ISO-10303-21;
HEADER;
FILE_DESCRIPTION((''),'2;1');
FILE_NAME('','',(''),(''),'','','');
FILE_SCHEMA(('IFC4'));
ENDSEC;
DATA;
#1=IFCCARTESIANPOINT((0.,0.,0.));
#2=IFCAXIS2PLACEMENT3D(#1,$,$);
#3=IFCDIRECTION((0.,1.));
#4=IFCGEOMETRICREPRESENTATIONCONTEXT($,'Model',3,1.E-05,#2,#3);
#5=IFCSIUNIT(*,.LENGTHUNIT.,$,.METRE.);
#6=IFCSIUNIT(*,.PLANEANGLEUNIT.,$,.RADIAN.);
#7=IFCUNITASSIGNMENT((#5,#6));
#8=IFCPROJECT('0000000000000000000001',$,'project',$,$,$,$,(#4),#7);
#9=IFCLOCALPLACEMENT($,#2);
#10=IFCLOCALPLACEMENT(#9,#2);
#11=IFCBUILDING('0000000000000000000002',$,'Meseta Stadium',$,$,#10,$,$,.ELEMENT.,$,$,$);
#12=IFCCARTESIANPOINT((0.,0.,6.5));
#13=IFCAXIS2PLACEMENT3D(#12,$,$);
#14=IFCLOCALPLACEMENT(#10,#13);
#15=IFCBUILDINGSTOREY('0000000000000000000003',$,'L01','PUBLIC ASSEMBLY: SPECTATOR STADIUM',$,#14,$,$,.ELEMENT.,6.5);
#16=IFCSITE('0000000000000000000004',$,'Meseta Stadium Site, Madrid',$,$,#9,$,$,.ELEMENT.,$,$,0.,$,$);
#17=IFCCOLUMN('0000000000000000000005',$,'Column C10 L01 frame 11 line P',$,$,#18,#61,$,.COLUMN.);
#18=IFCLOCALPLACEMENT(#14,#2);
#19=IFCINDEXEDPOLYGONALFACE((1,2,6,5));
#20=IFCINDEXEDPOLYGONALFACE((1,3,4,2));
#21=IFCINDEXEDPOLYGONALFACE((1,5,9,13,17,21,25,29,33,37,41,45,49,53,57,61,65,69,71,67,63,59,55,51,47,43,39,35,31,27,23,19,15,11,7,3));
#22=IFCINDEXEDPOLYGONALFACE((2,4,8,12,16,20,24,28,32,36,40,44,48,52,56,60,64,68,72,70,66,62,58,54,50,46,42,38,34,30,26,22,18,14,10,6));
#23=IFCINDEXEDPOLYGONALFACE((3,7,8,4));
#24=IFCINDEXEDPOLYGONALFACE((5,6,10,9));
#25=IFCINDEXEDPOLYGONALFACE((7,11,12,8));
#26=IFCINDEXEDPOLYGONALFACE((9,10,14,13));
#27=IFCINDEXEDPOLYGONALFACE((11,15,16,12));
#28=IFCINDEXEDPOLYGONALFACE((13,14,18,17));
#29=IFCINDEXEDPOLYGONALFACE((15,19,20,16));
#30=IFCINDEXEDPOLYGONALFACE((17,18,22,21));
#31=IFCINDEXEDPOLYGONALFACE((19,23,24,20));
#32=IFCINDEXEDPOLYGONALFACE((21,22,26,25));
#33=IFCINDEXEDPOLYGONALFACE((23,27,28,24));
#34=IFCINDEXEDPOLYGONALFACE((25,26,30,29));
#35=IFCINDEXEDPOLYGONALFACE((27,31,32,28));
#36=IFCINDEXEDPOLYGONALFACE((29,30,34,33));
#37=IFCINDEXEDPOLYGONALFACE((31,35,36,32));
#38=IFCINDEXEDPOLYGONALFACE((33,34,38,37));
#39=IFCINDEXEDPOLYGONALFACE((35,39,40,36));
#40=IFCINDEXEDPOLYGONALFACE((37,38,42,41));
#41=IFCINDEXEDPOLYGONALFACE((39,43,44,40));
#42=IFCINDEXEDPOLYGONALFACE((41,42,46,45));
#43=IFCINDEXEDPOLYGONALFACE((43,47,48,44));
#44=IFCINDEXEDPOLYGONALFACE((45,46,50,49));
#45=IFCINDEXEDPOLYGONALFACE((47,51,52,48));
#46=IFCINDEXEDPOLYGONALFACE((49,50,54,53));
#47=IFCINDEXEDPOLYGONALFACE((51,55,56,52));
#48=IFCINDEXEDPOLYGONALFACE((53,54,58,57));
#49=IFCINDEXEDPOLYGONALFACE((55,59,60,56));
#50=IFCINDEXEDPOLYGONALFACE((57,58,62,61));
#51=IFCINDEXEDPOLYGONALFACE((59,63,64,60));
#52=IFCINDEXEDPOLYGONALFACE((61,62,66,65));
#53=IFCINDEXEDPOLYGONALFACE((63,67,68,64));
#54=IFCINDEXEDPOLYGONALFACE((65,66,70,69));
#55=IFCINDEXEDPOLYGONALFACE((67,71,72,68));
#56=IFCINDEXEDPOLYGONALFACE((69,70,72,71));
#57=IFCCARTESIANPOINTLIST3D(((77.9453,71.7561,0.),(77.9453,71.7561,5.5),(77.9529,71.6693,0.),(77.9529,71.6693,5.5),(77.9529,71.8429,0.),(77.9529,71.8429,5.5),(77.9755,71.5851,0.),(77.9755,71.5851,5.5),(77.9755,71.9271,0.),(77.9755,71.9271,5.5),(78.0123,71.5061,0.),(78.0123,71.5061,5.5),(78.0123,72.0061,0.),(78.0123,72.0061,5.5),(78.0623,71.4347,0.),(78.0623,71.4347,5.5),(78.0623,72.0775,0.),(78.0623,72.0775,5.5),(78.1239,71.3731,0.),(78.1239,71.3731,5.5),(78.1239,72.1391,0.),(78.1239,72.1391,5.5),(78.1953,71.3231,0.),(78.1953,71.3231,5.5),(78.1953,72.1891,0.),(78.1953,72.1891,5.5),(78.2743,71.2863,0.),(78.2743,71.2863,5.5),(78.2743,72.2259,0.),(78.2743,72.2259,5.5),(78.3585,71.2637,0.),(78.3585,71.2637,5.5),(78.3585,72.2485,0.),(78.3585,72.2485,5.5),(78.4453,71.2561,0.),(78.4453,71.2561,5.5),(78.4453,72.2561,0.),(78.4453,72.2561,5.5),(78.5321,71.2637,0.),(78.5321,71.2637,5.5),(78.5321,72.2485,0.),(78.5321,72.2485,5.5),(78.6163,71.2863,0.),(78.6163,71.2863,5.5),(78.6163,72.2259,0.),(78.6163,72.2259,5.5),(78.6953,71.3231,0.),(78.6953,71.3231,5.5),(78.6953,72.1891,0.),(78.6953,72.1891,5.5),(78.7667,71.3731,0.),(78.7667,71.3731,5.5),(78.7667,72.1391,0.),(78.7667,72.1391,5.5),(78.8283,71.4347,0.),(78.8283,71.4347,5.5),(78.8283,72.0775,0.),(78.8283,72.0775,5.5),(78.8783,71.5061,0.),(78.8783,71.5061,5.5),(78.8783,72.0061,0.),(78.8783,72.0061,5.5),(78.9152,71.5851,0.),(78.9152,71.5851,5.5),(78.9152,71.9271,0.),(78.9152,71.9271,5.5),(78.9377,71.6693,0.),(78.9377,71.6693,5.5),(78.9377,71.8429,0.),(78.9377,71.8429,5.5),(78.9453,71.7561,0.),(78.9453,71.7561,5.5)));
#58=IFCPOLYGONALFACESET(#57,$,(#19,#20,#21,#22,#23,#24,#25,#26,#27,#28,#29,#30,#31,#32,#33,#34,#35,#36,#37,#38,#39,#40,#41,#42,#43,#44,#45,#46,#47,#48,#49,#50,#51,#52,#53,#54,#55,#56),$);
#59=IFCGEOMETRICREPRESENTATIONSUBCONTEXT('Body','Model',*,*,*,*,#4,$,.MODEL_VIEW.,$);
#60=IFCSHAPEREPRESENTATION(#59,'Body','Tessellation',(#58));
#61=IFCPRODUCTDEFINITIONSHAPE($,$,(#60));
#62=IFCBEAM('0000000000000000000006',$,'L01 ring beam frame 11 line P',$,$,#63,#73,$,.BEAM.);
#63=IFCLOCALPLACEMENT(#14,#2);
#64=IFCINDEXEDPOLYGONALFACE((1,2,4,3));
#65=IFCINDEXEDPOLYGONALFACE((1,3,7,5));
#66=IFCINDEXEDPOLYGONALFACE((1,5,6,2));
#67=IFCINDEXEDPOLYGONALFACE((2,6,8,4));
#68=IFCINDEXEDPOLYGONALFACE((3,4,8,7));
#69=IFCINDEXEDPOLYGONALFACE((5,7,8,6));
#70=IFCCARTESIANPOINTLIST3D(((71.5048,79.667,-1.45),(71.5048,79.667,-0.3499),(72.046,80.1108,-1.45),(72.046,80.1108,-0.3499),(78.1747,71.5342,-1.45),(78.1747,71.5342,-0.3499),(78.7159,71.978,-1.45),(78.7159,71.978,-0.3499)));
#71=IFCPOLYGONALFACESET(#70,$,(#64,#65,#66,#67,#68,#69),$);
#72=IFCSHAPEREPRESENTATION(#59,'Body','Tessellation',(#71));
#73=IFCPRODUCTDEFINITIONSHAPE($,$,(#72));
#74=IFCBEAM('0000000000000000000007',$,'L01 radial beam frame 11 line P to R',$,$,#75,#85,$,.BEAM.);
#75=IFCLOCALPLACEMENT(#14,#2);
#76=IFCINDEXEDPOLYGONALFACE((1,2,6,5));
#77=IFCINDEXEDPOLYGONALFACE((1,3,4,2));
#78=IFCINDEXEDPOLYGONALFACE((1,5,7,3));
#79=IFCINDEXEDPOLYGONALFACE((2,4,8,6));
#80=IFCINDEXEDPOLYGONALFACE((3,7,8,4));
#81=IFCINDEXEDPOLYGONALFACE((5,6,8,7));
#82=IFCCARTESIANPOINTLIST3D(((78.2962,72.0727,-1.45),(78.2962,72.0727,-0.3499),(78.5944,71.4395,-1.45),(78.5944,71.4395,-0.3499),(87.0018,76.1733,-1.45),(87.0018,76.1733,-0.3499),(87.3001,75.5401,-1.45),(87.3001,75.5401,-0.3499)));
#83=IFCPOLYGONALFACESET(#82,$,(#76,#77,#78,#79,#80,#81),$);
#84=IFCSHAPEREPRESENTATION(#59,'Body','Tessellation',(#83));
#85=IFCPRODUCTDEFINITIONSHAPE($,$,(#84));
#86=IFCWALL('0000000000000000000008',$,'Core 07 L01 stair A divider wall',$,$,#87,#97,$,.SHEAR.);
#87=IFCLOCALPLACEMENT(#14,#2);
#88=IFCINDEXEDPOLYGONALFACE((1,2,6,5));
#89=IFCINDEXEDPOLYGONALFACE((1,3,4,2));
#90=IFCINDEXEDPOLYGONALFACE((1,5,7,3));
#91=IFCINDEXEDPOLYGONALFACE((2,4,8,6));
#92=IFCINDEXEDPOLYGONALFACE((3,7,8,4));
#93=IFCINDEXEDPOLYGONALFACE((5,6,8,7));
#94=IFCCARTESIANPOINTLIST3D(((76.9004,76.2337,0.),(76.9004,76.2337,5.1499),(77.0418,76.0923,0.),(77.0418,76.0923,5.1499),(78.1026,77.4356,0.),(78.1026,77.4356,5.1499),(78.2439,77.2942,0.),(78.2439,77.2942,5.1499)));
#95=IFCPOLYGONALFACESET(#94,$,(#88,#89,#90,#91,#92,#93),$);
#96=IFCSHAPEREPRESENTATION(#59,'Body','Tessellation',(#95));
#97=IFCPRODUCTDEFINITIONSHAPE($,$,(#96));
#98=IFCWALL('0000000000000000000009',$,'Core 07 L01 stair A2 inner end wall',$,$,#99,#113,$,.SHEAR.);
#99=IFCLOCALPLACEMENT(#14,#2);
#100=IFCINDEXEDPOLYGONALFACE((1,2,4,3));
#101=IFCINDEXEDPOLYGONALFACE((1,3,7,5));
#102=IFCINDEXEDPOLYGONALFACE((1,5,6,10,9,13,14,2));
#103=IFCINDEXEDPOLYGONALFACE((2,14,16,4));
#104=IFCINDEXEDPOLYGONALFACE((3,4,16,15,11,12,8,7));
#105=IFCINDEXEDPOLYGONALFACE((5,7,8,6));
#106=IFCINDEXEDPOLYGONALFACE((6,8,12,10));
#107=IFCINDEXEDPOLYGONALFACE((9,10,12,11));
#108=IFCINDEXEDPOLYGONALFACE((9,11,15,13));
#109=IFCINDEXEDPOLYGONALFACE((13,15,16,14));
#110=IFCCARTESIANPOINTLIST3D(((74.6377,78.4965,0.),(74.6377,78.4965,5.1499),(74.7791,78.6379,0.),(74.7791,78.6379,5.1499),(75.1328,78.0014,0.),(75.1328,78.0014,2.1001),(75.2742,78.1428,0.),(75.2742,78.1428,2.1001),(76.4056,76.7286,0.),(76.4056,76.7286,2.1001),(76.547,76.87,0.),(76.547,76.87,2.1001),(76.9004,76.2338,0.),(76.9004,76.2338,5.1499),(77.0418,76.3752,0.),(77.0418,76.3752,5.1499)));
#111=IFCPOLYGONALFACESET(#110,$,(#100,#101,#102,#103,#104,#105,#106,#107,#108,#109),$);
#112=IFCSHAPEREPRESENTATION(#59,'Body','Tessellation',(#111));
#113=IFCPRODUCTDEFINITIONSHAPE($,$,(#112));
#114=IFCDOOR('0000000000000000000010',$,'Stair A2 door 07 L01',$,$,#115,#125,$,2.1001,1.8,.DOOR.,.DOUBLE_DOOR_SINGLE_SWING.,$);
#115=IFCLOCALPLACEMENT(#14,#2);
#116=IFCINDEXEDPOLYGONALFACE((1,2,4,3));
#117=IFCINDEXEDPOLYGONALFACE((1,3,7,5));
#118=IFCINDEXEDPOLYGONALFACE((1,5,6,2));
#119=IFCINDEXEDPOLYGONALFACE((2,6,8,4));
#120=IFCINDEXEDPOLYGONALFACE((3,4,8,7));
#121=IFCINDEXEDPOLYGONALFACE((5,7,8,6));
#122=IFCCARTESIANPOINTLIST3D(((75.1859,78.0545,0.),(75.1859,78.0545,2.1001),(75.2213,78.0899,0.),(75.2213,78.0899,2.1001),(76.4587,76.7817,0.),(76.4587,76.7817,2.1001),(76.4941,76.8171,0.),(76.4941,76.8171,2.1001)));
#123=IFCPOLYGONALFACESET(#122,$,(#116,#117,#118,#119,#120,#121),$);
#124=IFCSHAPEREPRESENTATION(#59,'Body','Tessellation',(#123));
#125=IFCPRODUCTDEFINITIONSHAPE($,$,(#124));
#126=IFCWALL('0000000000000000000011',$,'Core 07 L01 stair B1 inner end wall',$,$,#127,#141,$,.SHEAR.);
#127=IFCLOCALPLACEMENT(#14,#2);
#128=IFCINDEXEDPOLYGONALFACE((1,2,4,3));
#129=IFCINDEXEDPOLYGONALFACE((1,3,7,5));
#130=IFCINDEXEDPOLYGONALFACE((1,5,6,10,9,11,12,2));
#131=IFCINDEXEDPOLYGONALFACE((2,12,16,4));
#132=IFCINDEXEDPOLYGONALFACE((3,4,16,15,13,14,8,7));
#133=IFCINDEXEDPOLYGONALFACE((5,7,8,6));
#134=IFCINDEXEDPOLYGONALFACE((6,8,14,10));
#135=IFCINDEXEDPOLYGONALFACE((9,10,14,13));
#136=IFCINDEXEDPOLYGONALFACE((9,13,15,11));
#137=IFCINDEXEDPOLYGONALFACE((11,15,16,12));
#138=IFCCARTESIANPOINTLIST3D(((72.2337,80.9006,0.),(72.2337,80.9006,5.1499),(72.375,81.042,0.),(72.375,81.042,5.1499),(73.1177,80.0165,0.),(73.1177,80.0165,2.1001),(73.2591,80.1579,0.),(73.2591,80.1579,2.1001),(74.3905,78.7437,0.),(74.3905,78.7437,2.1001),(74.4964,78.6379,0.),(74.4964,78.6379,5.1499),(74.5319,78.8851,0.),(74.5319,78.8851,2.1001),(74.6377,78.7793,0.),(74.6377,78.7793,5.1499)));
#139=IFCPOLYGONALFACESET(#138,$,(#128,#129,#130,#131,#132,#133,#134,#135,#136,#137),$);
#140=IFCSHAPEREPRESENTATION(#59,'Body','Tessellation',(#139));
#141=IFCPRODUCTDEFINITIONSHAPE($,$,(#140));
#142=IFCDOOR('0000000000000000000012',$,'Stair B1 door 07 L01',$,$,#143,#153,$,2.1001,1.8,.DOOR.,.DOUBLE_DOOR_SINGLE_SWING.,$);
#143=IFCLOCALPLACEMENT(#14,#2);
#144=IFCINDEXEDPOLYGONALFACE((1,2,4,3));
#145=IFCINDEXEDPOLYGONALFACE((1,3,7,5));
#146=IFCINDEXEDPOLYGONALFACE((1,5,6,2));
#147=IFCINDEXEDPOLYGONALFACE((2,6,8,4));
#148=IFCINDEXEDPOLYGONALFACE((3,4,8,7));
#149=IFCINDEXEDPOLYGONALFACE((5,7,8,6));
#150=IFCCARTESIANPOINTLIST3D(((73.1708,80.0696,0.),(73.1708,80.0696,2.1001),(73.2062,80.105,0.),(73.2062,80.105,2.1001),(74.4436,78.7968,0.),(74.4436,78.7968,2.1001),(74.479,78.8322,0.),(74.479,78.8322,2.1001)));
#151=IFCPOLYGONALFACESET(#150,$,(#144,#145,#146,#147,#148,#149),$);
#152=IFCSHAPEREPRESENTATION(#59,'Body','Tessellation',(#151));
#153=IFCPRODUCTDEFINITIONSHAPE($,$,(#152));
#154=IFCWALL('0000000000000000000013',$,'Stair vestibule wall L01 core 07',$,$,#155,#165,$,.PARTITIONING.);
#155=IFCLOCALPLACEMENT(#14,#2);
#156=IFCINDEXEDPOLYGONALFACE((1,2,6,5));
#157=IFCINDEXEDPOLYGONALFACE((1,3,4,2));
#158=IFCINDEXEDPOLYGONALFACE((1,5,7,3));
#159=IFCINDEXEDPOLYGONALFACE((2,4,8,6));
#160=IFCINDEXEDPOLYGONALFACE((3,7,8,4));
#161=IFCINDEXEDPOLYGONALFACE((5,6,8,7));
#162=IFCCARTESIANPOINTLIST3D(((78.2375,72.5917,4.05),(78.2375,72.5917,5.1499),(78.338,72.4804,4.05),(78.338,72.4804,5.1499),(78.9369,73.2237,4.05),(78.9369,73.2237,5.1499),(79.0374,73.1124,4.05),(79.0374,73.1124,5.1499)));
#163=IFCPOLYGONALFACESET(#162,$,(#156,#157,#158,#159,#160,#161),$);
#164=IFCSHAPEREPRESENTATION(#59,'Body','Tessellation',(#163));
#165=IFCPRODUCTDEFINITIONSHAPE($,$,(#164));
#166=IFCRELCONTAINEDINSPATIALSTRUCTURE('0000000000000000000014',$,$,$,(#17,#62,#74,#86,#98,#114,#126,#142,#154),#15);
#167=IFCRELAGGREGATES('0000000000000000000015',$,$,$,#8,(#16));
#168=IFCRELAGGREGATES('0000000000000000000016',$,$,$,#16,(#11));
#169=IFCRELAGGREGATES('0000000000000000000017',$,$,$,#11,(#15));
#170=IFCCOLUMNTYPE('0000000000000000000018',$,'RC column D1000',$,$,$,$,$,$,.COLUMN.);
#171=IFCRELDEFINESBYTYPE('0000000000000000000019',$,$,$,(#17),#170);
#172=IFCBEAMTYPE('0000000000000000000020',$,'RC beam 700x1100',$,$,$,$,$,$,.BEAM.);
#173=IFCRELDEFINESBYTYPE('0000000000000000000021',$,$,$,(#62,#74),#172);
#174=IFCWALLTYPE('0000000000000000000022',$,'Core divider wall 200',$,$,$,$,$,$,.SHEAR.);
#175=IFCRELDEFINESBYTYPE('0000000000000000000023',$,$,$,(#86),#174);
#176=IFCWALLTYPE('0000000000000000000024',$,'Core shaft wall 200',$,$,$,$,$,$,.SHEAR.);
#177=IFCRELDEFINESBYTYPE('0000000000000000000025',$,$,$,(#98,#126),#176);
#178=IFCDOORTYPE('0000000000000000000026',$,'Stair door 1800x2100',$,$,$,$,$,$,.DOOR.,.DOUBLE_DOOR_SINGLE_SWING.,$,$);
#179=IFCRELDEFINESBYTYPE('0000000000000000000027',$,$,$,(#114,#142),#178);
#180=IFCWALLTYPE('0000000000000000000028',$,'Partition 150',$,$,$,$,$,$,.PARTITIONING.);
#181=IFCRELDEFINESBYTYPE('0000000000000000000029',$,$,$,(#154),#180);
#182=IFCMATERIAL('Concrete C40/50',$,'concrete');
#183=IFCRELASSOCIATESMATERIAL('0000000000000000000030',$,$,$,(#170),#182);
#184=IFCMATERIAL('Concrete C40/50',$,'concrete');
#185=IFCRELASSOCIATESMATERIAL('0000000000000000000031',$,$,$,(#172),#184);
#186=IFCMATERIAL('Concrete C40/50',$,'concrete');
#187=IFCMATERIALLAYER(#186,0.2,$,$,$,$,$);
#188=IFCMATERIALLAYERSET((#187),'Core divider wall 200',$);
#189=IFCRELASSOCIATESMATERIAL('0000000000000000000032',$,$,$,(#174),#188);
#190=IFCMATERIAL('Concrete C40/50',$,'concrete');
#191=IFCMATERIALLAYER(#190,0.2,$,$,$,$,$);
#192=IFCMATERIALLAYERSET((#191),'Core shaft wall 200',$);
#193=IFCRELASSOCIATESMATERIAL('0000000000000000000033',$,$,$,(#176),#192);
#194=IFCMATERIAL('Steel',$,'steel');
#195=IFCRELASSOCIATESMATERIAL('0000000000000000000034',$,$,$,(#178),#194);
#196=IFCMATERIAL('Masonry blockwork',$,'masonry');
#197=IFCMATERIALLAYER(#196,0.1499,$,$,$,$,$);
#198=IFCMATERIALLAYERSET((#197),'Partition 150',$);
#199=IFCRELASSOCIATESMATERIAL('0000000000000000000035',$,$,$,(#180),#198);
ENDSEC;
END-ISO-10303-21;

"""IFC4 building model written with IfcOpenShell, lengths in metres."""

from ifc_helpers import new_model, si_unit, direction, frame, frame_2d, origin, origin_2d, place, context, subcontext, project, spatial, rectangle, circle, extrude, material, layer, layer_set, material_profile, profile_set, type_object, element, fill, save


model = new_model("IFC4")

# Units and contexts
model_context = context("Model", 3, precision=1e-05, world=origin(), true_north=direction((0.0, 1.0)))
body_context = subcontext(model_context, "Body", "Model", "MODEL_VIEW")
ifc_project = project(units=[si_unit("LENGTHUNIT", "METRE"), si_unit("PLANEANGLEUNIT", "RADIAN")], contexts=[model_context])

# Site, building, storey
site_placement = place(None, origin())
site = spatial("IfcSite", under=ifc_project, at=site_placement, Name="Meseta Stadium Site, Madrid", CompositionType="ELEMENT", RefElevation=0.0)
building_placement = place(site_placement, origin())
building = spatial("IfcBuilding", under=site, at=building_placement, Name="Meseta Stadium", CompositionType="ELEMENT")
storey_placement = place(building_placement, frame((0.0, 0.0, 6.5)))
storey = spatial("IfcBuildingStorey", under=building, at=storey_placement, Name="L01", Description="PUBLIC ASSEMBLY: SPECTATOR STADIUM", CompositionType="ELEMENT", Elevation=6.5)

# Column
ifc_material_1 = material(Name="Concrete C40/50", Category="concrete")
ifc_material_profile_1 = material_profile(ifc_material_1, circle(Radius=0.5, at=origin_2d()), Name="RC D1000")
ifc_profile_set_1 = profile_set([ifc_material_profile_1], Name="Concrete C40/50")
column_type = type_object("IfcColumnType", Name="RC column D1000", PredefinedType="COLUMN", material=ifc_profile_set_1)
column_placement = place(storey_placement, frame((78.4453, 71.7561, 0.0), z_axis=(0.0, 0.0, 1.0), x_axis=(1.0, 0.0, 0.0)))
element("IfcColumn", 1, at=column_placement, inside=storey, type_object=column_type, Name="Column C10 L01 frame 11 line P", PredefinedType="COLUMN", context=body_context, shape_type="SweptSolid", body=[
    extrude(circle(Radius=0.5, at=origin_2d()), origin(), (0.0, 0.0, 1.0), 5.5),
])

# Beams
ifc_material_2 = material(Name="Concrete C40/50", Category="concrete")
ifc_material_profile_2 = material_profile(ifc_material_2, rectangle(XDim=0.7, YDim=1.1001, at=origin_2d()), Name="RC 700x1100")
ifc_profile_set_2 = profile_set([ifc_material_profile_2], Name="Concrete C40/50")
beam_type = type_object("IfcBeamType", Name="RC beam 700x1100", PredefinedType="BEAM", material=ifc_profile_set_2)
beam_1_placement = place(storey_placement, frame((78.4453, 71.7561, -0.8999), z_axis=(-0.634137, 0.77322, 0.0), x_axis=(-0.77322, -0.634137, 0.0)))
element("IfcBeam", 2, at=beam_1_placement, inside=storey, type_object=beam_type, Name="L01 ring beam frame 11 line P", PredefinedType="BEAM", context=body_context, shape_type="SweptSolid", body=[
    extrude(rectangle(XDim=0.7, YDim=1.1001, at=origin_2d()), origin(), (0.0, 0.0, 1.0), 10.5181),
])
beam_2_placement = place(storey_placement, frame((78.4453, 71.7561, -0.8999), z_axis=(0.904665, 0.426124, 0.0), x_axis=(-0.426124, 0.904665, 0.0)))
element("IfcBeam", 3, at=beam_2_placement, inside=storey, type_object=beam_type, Name="L01 radial beam frame 11 line P to R", PredefinedType="BEAM", context=body_context, shape_type="SweptSolid", body=[
    extrude(rectangle(XDim=0.7, YDim=1.1001, at=origin_2d()), origin(), (0.0, 0.0, 1.0), 9.623),
])

# Wall
ifc_material_3 = material(Name="Concrete C40/50", Category="concrete")
ifc_layer_1 = layer(ifc_material_3, 0.2)
ifc_layer_set_1 = layer_set([ifc_layer_1], Name="Core divider wall 200")
wall_type_1 = type_object("IfcWallType", Name="Core divider wall 200", PredefinedType="SHEAR", material=ifc_layer_set_1)
wall_1_placement = place(storey_placement, frame((78.1733, 77.365, 0.0), z_axis=(0.0, 0.0, 1.0), x_axis=(-0.707179, -0.707035, 0.0)))
element("IfcWall", 4, at=wall_1_placement, inside=storey, type_object=wall_type_1, Name="Core 07 L01 stair A divider wall", PredefinedType="SHEAR", context=body_context, shape_type="SweptSolid", body=[
    extrude(rectangle(XDim=1.7, YDim=0.2, at=frame_2d((0.8501, 0.0))), origin(), (0.0, 0.0, 1.0), 5.1499),
])

# Walls, openings, doors
ifc_material_4 = material(Name="Concrete C40/50", Category="concrete")
ifc_layer_2 = layer(ifc_material_4, 0.2)
ifc_layer_set_2 = layer_set([ifc_layer_2], Name="Core shaft wall 200")
wall_type_2 = type_object("IfcWallType", Name="Core shaft wall 200", PredefinedType="SHEAR", material=ifc_layer_set_2)
wall_2_placement = place(storey_placement, frame((76.9712, 76.3044, 0.0), z_axis=(0.0, 0.0, 1.0), x_axis=(-0.707107, 0.707107, 0.0)))
wall_2 = element("IfcWall", 5, at=wall_2_placement, inside=storey, type_object=wall_type_2, Name="Core 07 L01 stair A2 inner end wall", PredefinedType="SHEAR", context=body_context, shape_type="SweptSolid", body=[
    extrude(rectangle(XDim=3.2, YDim=0.2, at=frame_2d((1.6001, 0.0))), origin(), (0.0, 0.0, 1.0), 5.1499),
])
opening_1_placement = place(wall_2_placement, frame((0.7, 0.0, 0.0)))
opening_1 = element("IfcOpeningElement", 6, at=opening_1_placement, cuts=wall_2, PredefinedType="OPENING", context=body_context, shape_type="SweptSolid", body=[
    extrude(rectangle(XDim=1.8, YDim=2.1001, at=frame_2d((0.8999, 1.05))), frame((0.0, 0.1099, 0.0), z_axis=(0.0, -1.0, 0.0), x_axis=(1.0, 0.0, 0.0)), (0.0, 0.0, 1.0), 0.22),
])
ifc_material_5 = material(Name="Steel", Category="steel")
door_type = type_object("IfcDoorType", Name="Stair door 1800x2100", OperationType="DOUBLE_DOOR_SINGLE_SWING", PredefinedType="DOOR", material=ifc_material_5)
door_1_placement = place(opening_1_placement, origin())
door_1 = element("IfcDoor", 7, at=door_1_placement, inside=storey, type_object=door_type, Name="Stair A2 door 07 L01", OperationType="DOUBLE_DOOR_SINGLE_SWING", OverallHeight=2.1001, OverallWidth=1.8, PredefinedType="DOOR", context=body_context, shape_type="SweptSolid", body=[
    extrude(rectangle(XDim=1.8, YDim=2.1001, at=frame_2d((0.8999, 1.05))), frame((0.0, 0.0249, 0.0), z_axis=(0.0, -1.0, 0.0), x_axis=(1.0, 0.0, 0.0)), (0.0, 0.0, 1.0), 0.05),
])
fill(opening_1, door_1)
wall_3_placement = place(storey_placement, frame((74.5671, 78.7085, 0.0), z_axis=(0.0, 0.0, 1.0), x_axis=(-0.707107, 0.707107, 0.0)))
wall_3 = element("IfcWall", 8, at=wall_3_placement, inside=storey, type_object=wall_type_2, Name="Core 07 L01 stair B1 inner end wall", PredefinedType="SHEAR", context=body_context, shape_type="SweptSolid", body=[
    extrude(rectangle(XDim=3.2, YDim=0.2, at=frame_2d((1.6001, 0.0))), origin(), (0.0, 0.0, 1.0), 5.1499),
])
opening_2_placement = place(wall_3_placement, frame((0.1499, 0.0, 0.0)))
opening_2 = element("IfcOpeningElement", 9, at=opening_2_placement, cuts=wall_3, PredefinedType="OPENING", context=body_context, shape_type="SweptSolid", body=[
    extrude(rectangle(XDim=1.8, YDim=2.1001, at=frame_2d((0.8999, 1.05))), frame((0.0, 0.1099, 0.0), z_axis=(0.0, -1.0, 0.0), x_axis=(1.0, 0.0, 0.0)), (0.0, 0.0, 1.0), 0.22),
])
door_2_placement = place(opening_2_placement, origin())
door_2 = element("IfcDoor", 10, at=door_2_placement, inside=storey, type_object=door_type, Name="Stair B1 door 07 L01", OperationType="DOUBLE_DOOR_SINGLE_SWING", OverallHeight=2.1001, OverallWidth=1.8, PredefinedType="DOOR", context=body_context, shape_type="SweptSolid", body=[
    extrude(rectangle(XDim=1.8, YDim=2.1001, at=frame_2d((0.8999, 1.05))), frame((0.0, 0.0249, 0.0), z_axis=(0.0, -1.0, 0.0), x_axis=(1.0, 0.0, 0.0)), (0.0, 0.0, 1.0), 0.05),
])
fill(opening_2, door_2)

# Wall
ifc_material_6 = material(Name="Masonry blockwork", Category="masonry")
ifc_layer_3 = layer(ifc_material_6, 0.1499)
ifc_layer_set_3 = layer_set([ifc_layer_3], Name="Partition 150")
wall_type_3 = type_object("IfcWallType", Name="Partition 150", PredefinedType="PARTITIONING", material=ifc_layer_set_3)
wall_4_placement = place(storey_placement, frame((78.2878, 72.5361, 4.05), z_axis=(0.0, 0.0, 1.0), x_axis=(0.741941, 0.670466, 0.0)))
element("IfcWall", 11, at=wall_4_placement, inside=storey, type_object=wall_type_3, Name="Stair vestibule wall L01 core 07", PredefinedType="PARTITIONING", context=body_context, shape_type="SweptSolid", body=[
    extrude(rectangle(XDim=0.9426, YDim=0.1499, at=frame_2d((0.4712, 0.0))), origin(), (0.0, 0.0, 1.0), 1.0999),
])

save(model, "model.ifc")
